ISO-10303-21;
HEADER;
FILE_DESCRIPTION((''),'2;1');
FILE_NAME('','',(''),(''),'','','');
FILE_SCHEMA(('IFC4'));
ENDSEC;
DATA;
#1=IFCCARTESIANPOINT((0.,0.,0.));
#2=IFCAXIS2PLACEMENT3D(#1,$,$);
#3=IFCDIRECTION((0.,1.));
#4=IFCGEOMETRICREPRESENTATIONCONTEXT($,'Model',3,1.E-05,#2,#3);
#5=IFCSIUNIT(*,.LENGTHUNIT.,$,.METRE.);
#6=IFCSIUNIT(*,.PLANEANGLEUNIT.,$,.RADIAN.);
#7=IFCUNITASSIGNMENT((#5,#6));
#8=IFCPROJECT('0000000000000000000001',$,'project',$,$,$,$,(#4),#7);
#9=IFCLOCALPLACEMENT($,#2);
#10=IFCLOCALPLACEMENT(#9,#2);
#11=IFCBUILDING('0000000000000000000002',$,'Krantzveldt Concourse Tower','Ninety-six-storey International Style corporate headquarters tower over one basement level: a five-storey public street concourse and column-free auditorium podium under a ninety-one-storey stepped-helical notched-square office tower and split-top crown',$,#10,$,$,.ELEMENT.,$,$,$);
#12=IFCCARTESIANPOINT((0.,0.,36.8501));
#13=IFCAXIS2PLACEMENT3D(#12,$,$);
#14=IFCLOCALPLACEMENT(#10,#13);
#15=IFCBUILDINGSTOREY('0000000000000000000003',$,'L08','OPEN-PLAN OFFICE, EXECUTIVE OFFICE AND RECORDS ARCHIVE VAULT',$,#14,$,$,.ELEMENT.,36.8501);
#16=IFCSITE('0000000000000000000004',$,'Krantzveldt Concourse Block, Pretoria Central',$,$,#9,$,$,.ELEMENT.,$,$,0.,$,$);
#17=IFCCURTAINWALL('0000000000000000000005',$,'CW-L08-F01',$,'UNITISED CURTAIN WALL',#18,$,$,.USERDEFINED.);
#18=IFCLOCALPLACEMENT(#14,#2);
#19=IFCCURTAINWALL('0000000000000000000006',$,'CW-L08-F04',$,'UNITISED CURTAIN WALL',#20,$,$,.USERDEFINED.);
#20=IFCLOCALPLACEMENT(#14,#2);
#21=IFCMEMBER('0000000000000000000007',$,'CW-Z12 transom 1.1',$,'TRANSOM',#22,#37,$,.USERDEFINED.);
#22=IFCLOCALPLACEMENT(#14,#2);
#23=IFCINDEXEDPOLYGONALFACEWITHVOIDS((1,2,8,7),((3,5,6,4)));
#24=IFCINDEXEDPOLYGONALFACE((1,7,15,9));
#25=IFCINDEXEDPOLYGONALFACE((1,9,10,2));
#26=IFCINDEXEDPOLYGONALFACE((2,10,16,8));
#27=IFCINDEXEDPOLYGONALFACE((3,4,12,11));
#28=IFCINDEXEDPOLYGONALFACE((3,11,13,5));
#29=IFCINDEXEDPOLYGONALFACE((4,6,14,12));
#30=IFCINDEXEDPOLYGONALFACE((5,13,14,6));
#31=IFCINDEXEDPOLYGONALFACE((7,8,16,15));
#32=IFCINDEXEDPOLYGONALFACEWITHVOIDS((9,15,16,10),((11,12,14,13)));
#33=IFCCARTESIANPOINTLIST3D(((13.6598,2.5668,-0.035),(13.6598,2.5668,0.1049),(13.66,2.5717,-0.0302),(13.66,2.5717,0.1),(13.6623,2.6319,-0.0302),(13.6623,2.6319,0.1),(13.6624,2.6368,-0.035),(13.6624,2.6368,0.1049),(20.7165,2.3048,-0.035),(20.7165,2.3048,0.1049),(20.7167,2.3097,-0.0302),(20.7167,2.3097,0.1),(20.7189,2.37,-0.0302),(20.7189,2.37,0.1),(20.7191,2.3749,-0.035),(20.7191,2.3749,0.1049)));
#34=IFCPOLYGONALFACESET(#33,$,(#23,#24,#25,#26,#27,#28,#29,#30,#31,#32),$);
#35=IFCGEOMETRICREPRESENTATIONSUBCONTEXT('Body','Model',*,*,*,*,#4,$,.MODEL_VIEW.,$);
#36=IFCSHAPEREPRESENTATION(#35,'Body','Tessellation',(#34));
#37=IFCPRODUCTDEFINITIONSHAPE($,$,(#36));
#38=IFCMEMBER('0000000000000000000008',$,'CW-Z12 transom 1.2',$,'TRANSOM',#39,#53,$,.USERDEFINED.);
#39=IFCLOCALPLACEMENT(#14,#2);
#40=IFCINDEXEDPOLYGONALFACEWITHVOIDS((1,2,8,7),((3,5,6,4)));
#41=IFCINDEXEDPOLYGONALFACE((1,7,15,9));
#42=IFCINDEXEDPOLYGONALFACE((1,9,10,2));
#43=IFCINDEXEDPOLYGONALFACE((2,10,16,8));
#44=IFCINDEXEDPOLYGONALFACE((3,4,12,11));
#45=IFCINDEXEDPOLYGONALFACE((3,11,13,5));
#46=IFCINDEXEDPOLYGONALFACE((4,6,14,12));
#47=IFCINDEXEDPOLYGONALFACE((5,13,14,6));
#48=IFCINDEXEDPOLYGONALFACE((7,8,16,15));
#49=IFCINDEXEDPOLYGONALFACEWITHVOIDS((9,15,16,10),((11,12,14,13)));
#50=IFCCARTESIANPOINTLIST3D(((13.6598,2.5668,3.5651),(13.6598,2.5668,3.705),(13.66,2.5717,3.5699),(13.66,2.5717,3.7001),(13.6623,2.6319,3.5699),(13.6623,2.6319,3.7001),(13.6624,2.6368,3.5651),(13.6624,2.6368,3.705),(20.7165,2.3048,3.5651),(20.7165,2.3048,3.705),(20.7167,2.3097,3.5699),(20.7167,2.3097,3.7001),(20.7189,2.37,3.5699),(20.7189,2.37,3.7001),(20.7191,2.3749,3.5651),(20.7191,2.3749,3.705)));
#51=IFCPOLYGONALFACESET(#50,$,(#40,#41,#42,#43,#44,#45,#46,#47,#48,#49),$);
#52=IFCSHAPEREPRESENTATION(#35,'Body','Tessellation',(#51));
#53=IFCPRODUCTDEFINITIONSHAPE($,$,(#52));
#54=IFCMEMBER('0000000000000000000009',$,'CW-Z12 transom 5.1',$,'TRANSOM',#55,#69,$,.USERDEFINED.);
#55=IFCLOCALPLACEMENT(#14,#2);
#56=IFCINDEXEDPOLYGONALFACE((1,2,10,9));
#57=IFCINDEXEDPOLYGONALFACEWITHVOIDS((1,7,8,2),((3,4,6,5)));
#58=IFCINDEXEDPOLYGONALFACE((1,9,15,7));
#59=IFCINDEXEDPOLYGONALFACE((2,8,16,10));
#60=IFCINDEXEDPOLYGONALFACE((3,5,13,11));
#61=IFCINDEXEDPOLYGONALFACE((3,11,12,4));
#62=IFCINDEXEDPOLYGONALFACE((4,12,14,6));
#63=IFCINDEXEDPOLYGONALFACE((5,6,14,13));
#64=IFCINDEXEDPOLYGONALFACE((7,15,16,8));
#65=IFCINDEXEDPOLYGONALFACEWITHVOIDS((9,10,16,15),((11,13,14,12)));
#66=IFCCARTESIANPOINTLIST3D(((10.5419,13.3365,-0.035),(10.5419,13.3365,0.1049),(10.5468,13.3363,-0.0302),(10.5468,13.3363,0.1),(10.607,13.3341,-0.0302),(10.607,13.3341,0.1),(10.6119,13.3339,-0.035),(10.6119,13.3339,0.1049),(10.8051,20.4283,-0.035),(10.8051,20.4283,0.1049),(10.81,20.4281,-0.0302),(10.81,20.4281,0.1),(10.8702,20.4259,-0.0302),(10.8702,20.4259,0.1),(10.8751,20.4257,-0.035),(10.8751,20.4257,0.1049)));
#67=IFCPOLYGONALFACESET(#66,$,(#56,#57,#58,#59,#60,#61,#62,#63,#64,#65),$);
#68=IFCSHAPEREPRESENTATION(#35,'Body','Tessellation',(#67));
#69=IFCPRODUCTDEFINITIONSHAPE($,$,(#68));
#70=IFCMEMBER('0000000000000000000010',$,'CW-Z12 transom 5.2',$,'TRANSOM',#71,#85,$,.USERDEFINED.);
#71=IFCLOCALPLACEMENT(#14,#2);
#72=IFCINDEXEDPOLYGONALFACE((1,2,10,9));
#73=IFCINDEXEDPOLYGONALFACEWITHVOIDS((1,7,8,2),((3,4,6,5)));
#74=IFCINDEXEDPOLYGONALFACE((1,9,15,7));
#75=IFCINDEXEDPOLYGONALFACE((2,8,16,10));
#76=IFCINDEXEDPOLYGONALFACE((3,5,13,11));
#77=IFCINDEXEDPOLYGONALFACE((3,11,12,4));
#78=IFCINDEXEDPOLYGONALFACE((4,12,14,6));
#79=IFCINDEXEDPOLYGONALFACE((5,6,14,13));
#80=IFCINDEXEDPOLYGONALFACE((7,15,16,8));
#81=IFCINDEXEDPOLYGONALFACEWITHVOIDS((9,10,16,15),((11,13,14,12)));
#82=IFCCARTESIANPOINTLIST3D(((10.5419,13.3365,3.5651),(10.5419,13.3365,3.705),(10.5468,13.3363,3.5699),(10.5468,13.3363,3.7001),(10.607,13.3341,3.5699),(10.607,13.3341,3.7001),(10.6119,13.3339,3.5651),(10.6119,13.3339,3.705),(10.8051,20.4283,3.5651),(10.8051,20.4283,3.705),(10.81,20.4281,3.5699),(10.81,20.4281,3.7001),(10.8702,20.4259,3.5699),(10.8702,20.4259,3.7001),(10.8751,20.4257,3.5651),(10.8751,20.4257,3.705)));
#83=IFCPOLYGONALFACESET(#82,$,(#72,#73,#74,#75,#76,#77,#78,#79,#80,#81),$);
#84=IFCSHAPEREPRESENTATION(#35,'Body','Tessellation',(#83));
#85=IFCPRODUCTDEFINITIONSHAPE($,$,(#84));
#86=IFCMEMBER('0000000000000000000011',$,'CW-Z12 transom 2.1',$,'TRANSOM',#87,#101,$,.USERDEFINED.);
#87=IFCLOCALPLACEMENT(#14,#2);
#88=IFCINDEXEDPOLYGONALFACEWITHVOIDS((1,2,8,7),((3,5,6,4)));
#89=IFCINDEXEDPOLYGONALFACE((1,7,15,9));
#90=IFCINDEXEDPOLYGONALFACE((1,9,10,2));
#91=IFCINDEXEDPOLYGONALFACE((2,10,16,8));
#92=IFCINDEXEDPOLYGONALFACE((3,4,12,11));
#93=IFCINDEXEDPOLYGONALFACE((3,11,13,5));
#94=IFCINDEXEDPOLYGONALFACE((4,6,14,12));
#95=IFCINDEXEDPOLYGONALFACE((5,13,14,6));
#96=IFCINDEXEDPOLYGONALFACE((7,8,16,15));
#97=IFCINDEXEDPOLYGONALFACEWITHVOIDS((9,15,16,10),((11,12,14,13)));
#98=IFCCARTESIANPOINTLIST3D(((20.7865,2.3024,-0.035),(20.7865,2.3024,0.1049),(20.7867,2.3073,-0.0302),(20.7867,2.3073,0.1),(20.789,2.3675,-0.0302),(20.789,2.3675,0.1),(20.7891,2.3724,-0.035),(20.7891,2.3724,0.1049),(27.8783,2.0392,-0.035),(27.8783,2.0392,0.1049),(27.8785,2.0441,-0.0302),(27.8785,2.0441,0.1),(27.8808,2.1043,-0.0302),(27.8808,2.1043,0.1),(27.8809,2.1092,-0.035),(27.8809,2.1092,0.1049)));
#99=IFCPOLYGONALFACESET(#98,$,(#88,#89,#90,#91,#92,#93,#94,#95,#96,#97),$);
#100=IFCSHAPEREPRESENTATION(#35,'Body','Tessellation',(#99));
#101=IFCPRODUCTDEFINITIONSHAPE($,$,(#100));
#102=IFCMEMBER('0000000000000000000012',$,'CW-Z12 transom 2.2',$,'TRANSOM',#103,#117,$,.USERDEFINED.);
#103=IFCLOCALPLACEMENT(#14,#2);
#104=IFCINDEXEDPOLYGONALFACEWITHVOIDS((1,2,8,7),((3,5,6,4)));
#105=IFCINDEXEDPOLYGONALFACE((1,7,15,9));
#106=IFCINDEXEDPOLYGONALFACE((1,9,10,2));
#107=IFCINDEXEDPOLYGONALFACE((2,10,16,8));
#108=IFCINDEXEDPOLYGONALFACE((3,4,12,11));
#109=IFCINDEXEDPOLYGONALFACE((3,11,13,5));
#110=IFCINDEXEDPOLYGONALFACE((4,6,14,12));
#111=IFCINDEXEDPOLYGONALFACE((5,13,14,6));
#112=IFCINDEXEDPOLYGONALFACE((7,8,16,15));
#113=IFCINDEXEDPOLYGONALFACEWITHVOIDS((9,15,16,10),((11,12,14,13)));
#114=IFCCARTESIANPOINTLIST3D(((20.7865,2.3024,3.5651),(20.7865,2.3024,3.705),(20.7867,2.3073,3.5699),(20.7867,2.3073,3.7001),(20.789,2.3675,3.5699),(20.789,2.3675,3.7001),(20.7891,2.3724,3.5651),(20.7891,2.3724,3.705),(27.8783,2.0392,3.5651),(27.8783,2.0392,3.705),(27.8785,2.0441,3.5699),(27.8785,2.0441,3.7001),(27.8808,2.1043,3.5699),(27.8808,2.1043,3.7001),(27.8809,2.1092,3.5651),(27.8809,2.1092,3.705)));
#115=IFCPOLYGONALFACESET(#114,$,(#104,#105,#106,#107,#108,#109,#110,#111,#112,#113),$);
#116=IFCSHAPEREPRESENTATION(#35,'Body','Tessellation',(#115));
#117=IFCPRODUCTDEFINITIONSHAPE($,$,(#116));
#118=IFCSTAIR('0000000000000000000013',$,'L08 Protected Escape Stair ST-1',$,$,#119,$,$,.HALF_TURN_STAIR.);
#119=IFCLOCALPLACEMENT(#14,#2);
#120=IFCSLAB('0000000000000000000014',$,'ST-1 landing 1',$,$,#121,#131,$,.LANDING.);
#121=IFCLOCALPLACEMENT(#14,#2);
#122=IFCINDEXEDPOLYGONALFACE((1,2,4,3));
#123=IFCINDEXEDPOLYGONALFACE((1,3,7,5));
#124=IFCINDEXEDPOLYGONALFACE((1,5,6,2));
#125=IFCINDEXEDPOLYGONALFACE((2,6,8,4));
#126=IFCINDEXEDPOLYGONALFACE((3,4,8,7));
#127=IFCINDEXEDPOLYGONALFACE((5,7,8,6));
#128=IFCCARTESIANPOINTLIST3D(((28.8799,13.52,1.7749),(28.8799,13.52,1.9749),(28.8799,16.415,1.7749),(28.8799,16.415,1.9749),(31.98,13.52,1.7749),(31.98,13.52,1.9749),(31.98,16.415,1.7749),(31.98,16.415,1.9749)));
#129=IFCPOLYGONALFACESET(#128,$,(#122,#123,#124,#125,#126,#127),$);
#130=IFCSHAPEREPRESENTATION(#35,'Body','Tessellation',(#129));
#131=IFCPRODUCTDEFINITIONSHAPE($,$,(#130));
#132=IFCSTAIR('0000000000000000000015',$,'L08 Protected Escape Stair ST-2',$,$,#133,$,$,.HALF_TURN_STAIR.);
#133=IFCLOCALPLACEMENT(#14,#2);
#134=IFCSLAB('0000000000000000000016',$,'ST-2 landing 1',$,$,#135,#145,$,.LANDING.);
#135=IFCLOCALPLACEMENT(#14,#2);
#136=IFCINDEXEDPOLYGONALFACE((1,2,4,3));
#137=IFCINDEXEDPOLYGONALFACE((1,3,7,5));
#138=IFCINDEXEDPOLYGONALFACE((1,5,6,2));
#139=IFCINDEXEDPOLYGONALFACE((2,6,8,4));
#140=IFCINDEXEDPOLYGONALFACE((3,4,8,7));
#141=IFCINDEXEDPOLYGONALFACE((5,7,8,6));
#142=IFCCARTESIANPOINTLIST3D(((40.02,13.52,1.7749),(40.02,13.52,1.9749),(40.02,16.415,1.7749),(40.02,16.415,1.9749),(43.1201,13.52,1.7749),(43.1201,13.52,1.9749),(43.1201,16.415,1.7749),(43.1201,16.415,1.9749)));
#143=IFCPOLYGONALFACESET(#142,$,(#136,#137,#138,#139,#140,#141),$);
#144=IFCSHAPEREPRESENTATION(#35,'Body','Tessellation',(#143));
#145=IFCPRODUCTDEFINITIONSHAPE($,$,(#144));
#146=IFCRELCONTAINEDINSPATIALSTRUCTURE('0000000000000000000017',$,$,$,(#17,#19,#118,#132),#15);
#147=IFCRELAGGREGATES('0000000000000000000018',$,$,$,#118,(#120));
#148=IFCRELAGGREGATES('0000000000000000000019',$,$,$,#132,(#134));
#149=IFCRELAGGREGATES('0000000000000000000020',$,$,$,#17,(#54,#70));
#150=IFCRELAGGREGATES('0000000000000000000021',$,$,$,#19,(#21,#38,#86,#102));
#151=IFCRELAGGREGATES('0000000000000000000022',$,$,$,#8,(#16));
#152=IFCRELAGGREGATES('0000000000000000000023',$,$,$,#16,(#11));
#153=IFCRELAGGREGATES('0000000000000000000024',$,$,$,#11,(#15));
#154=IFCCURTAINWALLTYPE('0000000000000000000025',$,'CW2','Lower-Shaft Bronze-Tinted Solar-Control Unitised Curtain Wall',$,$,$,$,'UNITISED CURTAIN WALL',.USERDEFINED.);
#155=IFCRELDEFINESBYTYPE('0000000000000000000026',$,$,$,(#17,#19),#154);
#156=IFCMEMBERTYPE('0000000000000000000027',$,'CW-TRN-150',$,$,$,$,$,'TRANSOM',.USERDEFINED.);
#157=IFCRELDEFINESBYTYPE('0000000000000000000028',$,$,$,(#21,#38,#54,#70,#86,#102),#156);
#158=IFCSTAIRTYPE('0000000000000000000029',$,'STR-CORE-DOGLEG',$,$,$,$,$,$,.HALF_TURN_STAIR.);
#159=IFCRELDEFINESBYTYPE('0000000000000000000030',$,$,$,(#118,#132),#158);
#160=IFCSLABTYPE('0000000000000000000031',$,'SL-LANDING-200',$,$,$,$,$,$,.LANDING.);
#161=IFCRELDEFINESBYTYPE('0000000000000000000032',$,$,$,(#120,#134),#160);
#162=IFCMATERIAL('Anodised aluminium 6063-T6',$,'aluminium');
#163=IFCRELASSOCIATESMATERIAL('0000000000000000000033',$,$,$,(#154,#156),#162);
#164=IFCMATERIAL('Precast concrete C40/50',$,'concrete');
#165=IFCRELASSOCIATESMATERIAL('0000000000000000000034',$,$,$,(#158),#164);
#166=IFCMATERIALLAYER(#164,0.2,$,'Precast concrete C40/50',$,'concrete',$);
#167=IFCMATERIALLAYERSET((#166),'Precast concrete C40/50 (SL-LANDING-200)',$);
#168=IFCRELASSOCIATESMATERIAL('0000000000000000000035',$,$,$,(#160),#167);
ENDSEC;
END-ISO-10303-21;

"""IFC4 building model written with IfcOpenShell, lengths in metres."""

from ifc_helpers import new_model, si_unit, direction, frame, origin, origin_2d, place, context, subcontext, project, spatial, polyline, hollow_rectangle, outline, extrude, source, transform, mapped, material, layer, layer_set, material_profile, profile_set, type_object, type_shapes, element, aggregate, save


model = new_model("IFC4")

# Units and contexts
model_context = context("Model", 3, precision=1e-05, world=origin(), true_north=direction((0.0, 1.0)))
body_context = subcontext(model_context, "Body", "Model", "MODEL_VIEW")
ifc_project = project(units=[si_unit("LENGTHUNIT", "METRE"), si_unit("PLANEANGLEUNIT", "RADIAN")], contexts=[model_context])

# Site, building, storey
site_placement = place(None, origin())
site = spatial("IfcSite", under=ifc_project, at=site_placement, Name="Krantzveldt Concourse Block, Pretoria Central", CompositionType="ELEMENT", RefElevation=0.0)
building_placement = place(site_placement, origin())
building = spatial("IfcBuilding", under=site, at=building_placement, Name="Krantzveldt Concourse Tower", Description="Ninety-six-storey International Style corporate headquarters tower over one basement level: a five-storey public street concourse and column-free auditorium podium under a ninety-one-storey stepped-helical notched-square office tower and split-top crown", CompositionType="ELEMENT")
storey_placement = place(building_placement, frame((0.0, 0.0, 36.8501)))
storey = spatial("IfcBuildingStorey", under=building, at=storey_placement, Name="L08", Description="OPEN-PLAN OFFICE, EXECUTIVE OFFICE AND RECORDS ARCHIVE VAULT", CompositionType="ELEMENT", Elevation=36.8501)

# Curtain walls
ifc_material_1 = material(Name="Anodised aluminium 6063-T6", Category="aluminium")
curtain_wall_type = type_object("IfcCurtainWallType", Name="CW2", Description="Lower-Shaft Bronze-Tinted Solar-Control Unitised Curtain Wall", ElementType="UNITISED CURTAIN WALL", PredefinedType="USERDEFINED", material=ifc_material_1)
curtain_wall_1_placement = place(storey_placement, origin())
curtain_wall_1 = element("IfcCurtainWall", 1, at=curtain_wall_1_placement, inside=storey, type_object=curtain_wall_type, Name="CW-L08-F01", ObjectType="UNITISED CURTAIN WALL", PredefinedType="USERDEFINED")
curtain_wall_2_placement = place(storey_placement, origin())
curtain_wall_2 = element("IfcCurtainWall", 2, at=curtain_wall_2_placement, inside=storey, type_object=curtain_wall_type, Name="CW-L08-F04", ObjectType="UNITISED CURTAIN WALL", PredefinedType="USERDEFINED")

# Members
ifc_material_profile_1 = material_profile(ifc_material_1, hollow_rectangle(XDim=0.0701, YDim=0.1399, WallThickness=0.0049, at=origin_2d()), Name="Anodised aluminium 6063-T6", Category="aluminium")
ifc_profile_set_1 = profile_set([ifc_material_profile_1], Name="Anodised aluminium 6063-T6 - ALU-TRAN 140x70x5")
member_type_1 = type_object("IfcMemberType", Name="CW-TRN-150", ElementType="TRANSOM", PredefinedType="USERDEFINED", material=ifc_profile_set_1)
shared_shape_1 = source(origin(), body_context, "Body", "SweptSolid", [
    extrude(hollow_rectangle(XDim=0.0701, YDim=0.1399, WallThickness=0.0049, at=origin_2d()), origin(), (0.0, 0.0, 1.0), 7.0615),
])
member_1_placement = place(storey_placement, frame((13.6611, 2.6018, 0.0349), z_axis=(0.999312, -0.037097, 0.0), x_axis=(0.037097, 0.999312, 0.0)))
member_1 = element("IfcMember", 3, at=member_1_placement, type_object=member_type_1, Name="CW-Z12 transom 1.1", ObjectType="TRANSOM", PredefinedType="USERDEFINED", context=body_context, shape_type="MappedRepresentation", body=[
    mapped(shared_shape_1, transform((0.0, 0.0, 0.0), x_axis=(1.0, 0.0, 0.0), y_axis=(0.0, 1.0, 0.0), z_axis=(0.0, 0.0, 1.0), scale=1.0)),
])
member_2_placement = place(storey_placement, frame((13.6611, 2.6018, 3.635), z_axis=(0.999312, -0.037097, 0.0), x_axis=(0.037097, 0.999312, 0.0)))
member_2 = element("IfcMember", 4, at=member_2_placement, type_object=member_type_1, Name="CW-Z12 transom 1.2", ObjectType="TRANSOM", PredefinedType="USERDEFINED", context=body_context, shape_type="MappedRepresentation", body=[
    mapped(shared_shape_1, transform((0.0, 0.0, 0.0), x_axis=(1.0, 0.0, 0.0), y_axis=(0.0, 1.0, 0.0), z_axis=(0.0, 0.0, 1.0), scale=1.0)),
])
shared_shape_2 = source(origin(), body_context, "Body", "SweptSolid", [
    extrude(hollow_rectangle(XDim=0.0701, YDim=0.1399, WallThickness=0.0049, at=origin_2d()), origin(), (0.0, 0.0, 1.0), 7.0967),
])
type_shapes(member_type_1, [shared_shape_1, shared_shape_2])
member_3_placement = place(storey_placement, frame((10.8401, 20.427, 0.0349), z_axis=(-0.037085, -0.999312, 0.0), x_axis=(0.999312, -0.037085, 0.0)))
member_3 = element("IfcMember", 5, at=member_3_placement, type_object=member_type_1, Name="CW-Z12 transom 5.1", ObjectType="TRANSOM", PredefinedType="USERDEFINED", context=body_context, shape_type="MappedRepresentation", body=[
    mapped(shared_shape_2, transform((0.0, 0.0, 0.0), x_axis=(1.0, 0.0, 0.0), y_axis=(0.0, 1.0, 0.0), z_axis=(0.0, 0.0, 1.0), scale=1.0)),
])
member_4_placement = place(storey_placement, frame((10.8401, 20.427, 3.635), z_axis=(-0.037085, -0.999312, 0.0), x_axis=(0.999312, -0.037085, 0.0)))
member_4 = element("IfcMember", 6, at=member_4_placement, type_object=member_type_1, Name="CW-Z12 transom 5.2", ObjectType="TRANSOM", PredefinedType="USERDEFINED", context=body_context, shape_type="MappedRepresentation", body=[
    mapped(shared_shape_2, transform((0.0, 0.0, 0.0), x_axis=(1.0, 0.0, 0.0), y_axis=(0.0, 1.0, 0.0), z_axis=(0.0, 0.0, 1.0), scale=1.0)),
])
member_5_placement = place(storey_placement, frame((20.7878, 2.3374, 0.0349), z_axis=(0.999312, -0.037085, 0.0), x_axis=(0.037085, 0.999312, 0.0)))
member_5 = element("IfcMember", 7, at=member_5_placement, type_object=member_type_1, Name="CW-Z12 transom 2.1", ObjectType="TRANSOM", PredefinedType="USERDEFINED", context=body_context, shape_type="MappedRepresentation", body=[
    mapped(shared_shape_2, transform((0.0, 0.0, 0.0), x_axis=(1.0, 0.0, 0.0), y_axis=(0.0, 1.0, 0.0), z_axis=(0.0, 0.0, 1.0), scale=1.0)),
])
member_6_placement = place(storey_placement, frame((20.7878, 2.3374, 3.635), z_axis=(0.999312, -0.037085, 0.0), x_axis=(0.037085, 0.999312, 0.0)))
member_6 = element("IfcMember", 8, at=member_6_placement, type_object=member_type_1, Name="CW-Z12 transom 2.2", ObjectType="TRANSOM", PredefinedType="USERDEFINED", context=body_context, shape_type="MappedRepresentation", body=[
    mapped(shared_shape_2, transform((0.0, 0.0, 0.0), x_axis=(1.0, 0.0, 0.0), y_axis=(0.0, 1.0, 0.0), z_axis=(0.0, 0.0, 1.0), scale=1.0)),
])

# Stairs, slabs
ifc_material_2 = material(Name="Precast concrete C40/50", Category="concrete")
stair_type = type_object("IfcStairType", Name="STR-CORE-DOGLEG", PredefinedType="HALF_TURN_STAIR", material=ifc_material_2)
stair_1_placement = place(storey_placement, origin())
stair_1 = element("IfcStair", 9, at=stair_1_placement, inside=storey, type_object=stair_type, Name="L08 Protected Escape Stair ST-1", PredefinedType="HALF_TURN_STAIR")
ifc_layer_1 = layer(ifc_material_2, 0.2, Name="Precast concrete C40/50", Category="concrete")
ifc_layer_set_1 = layer_set([ifc_layer_1], Name="Precast concrete C40/50 (SL-LANDING-200)")
slab_type_1 = type_object("IfcSlabType", Name="SL-LANDING-200", PredefinedType="LANDING", material=ifc_layer_set_1)
slab_1_placement = place(storey_placement, frame((0.0, 0.0, 1.7749)))
slab_1 = element("IfcSlab", 10, at=slab_1_placement, type_object=slab_type_1, Name="ST-1 landing 1", PredefinedType="LANDING", context=body_context, shape_type="SweptSolid", body=[
    extrude(outline(polyline([(28.8799, 16.415), (28.8799, 13.52), (31.98, 13.52), (31.98, 16.415), (28.8799, 16.415)])), origin(), (0.0, 0.0, 1.0), 0.2),
])
aggregate(stair_1, [slab_1])
stair_2_placement = place(storey_placement, origin())
stair_2 = element("IfcStair", 11, at=stair_2_placement, inside=storey, type_object=stair_type, Name="L08 Protected Escape Stair ST-2", PredefinedType="HALF_TURN_STAIR")
slab_2_placement = place(storey_placement, frame((0.0, 0.0, 1.7749)))
slab_2 = element("IfcSlab", 12, at=slab_2_placement, type_object=slab_type_1, Name="ST-2 landing 1", PredefinedType="LANDING", context=body_context, shape_type="SweptSolid", body=[
    extrude(outline(polyline([(40.02, 16.415), (40.02, 13.52), (43.1201, 13.52), (43.1201, 16.415), (40.02, 16.415)])), origin(), (0.0, 0.0, 1.0), 0.2),
])
aggregate(stair_2, [slab_2])

aggregate(curtain_wall_1, [member_3, member_4])
aggregate(curtain_wall_2, [member_1, member_2, member_5, member_6])

save(model, "model.ifc")
